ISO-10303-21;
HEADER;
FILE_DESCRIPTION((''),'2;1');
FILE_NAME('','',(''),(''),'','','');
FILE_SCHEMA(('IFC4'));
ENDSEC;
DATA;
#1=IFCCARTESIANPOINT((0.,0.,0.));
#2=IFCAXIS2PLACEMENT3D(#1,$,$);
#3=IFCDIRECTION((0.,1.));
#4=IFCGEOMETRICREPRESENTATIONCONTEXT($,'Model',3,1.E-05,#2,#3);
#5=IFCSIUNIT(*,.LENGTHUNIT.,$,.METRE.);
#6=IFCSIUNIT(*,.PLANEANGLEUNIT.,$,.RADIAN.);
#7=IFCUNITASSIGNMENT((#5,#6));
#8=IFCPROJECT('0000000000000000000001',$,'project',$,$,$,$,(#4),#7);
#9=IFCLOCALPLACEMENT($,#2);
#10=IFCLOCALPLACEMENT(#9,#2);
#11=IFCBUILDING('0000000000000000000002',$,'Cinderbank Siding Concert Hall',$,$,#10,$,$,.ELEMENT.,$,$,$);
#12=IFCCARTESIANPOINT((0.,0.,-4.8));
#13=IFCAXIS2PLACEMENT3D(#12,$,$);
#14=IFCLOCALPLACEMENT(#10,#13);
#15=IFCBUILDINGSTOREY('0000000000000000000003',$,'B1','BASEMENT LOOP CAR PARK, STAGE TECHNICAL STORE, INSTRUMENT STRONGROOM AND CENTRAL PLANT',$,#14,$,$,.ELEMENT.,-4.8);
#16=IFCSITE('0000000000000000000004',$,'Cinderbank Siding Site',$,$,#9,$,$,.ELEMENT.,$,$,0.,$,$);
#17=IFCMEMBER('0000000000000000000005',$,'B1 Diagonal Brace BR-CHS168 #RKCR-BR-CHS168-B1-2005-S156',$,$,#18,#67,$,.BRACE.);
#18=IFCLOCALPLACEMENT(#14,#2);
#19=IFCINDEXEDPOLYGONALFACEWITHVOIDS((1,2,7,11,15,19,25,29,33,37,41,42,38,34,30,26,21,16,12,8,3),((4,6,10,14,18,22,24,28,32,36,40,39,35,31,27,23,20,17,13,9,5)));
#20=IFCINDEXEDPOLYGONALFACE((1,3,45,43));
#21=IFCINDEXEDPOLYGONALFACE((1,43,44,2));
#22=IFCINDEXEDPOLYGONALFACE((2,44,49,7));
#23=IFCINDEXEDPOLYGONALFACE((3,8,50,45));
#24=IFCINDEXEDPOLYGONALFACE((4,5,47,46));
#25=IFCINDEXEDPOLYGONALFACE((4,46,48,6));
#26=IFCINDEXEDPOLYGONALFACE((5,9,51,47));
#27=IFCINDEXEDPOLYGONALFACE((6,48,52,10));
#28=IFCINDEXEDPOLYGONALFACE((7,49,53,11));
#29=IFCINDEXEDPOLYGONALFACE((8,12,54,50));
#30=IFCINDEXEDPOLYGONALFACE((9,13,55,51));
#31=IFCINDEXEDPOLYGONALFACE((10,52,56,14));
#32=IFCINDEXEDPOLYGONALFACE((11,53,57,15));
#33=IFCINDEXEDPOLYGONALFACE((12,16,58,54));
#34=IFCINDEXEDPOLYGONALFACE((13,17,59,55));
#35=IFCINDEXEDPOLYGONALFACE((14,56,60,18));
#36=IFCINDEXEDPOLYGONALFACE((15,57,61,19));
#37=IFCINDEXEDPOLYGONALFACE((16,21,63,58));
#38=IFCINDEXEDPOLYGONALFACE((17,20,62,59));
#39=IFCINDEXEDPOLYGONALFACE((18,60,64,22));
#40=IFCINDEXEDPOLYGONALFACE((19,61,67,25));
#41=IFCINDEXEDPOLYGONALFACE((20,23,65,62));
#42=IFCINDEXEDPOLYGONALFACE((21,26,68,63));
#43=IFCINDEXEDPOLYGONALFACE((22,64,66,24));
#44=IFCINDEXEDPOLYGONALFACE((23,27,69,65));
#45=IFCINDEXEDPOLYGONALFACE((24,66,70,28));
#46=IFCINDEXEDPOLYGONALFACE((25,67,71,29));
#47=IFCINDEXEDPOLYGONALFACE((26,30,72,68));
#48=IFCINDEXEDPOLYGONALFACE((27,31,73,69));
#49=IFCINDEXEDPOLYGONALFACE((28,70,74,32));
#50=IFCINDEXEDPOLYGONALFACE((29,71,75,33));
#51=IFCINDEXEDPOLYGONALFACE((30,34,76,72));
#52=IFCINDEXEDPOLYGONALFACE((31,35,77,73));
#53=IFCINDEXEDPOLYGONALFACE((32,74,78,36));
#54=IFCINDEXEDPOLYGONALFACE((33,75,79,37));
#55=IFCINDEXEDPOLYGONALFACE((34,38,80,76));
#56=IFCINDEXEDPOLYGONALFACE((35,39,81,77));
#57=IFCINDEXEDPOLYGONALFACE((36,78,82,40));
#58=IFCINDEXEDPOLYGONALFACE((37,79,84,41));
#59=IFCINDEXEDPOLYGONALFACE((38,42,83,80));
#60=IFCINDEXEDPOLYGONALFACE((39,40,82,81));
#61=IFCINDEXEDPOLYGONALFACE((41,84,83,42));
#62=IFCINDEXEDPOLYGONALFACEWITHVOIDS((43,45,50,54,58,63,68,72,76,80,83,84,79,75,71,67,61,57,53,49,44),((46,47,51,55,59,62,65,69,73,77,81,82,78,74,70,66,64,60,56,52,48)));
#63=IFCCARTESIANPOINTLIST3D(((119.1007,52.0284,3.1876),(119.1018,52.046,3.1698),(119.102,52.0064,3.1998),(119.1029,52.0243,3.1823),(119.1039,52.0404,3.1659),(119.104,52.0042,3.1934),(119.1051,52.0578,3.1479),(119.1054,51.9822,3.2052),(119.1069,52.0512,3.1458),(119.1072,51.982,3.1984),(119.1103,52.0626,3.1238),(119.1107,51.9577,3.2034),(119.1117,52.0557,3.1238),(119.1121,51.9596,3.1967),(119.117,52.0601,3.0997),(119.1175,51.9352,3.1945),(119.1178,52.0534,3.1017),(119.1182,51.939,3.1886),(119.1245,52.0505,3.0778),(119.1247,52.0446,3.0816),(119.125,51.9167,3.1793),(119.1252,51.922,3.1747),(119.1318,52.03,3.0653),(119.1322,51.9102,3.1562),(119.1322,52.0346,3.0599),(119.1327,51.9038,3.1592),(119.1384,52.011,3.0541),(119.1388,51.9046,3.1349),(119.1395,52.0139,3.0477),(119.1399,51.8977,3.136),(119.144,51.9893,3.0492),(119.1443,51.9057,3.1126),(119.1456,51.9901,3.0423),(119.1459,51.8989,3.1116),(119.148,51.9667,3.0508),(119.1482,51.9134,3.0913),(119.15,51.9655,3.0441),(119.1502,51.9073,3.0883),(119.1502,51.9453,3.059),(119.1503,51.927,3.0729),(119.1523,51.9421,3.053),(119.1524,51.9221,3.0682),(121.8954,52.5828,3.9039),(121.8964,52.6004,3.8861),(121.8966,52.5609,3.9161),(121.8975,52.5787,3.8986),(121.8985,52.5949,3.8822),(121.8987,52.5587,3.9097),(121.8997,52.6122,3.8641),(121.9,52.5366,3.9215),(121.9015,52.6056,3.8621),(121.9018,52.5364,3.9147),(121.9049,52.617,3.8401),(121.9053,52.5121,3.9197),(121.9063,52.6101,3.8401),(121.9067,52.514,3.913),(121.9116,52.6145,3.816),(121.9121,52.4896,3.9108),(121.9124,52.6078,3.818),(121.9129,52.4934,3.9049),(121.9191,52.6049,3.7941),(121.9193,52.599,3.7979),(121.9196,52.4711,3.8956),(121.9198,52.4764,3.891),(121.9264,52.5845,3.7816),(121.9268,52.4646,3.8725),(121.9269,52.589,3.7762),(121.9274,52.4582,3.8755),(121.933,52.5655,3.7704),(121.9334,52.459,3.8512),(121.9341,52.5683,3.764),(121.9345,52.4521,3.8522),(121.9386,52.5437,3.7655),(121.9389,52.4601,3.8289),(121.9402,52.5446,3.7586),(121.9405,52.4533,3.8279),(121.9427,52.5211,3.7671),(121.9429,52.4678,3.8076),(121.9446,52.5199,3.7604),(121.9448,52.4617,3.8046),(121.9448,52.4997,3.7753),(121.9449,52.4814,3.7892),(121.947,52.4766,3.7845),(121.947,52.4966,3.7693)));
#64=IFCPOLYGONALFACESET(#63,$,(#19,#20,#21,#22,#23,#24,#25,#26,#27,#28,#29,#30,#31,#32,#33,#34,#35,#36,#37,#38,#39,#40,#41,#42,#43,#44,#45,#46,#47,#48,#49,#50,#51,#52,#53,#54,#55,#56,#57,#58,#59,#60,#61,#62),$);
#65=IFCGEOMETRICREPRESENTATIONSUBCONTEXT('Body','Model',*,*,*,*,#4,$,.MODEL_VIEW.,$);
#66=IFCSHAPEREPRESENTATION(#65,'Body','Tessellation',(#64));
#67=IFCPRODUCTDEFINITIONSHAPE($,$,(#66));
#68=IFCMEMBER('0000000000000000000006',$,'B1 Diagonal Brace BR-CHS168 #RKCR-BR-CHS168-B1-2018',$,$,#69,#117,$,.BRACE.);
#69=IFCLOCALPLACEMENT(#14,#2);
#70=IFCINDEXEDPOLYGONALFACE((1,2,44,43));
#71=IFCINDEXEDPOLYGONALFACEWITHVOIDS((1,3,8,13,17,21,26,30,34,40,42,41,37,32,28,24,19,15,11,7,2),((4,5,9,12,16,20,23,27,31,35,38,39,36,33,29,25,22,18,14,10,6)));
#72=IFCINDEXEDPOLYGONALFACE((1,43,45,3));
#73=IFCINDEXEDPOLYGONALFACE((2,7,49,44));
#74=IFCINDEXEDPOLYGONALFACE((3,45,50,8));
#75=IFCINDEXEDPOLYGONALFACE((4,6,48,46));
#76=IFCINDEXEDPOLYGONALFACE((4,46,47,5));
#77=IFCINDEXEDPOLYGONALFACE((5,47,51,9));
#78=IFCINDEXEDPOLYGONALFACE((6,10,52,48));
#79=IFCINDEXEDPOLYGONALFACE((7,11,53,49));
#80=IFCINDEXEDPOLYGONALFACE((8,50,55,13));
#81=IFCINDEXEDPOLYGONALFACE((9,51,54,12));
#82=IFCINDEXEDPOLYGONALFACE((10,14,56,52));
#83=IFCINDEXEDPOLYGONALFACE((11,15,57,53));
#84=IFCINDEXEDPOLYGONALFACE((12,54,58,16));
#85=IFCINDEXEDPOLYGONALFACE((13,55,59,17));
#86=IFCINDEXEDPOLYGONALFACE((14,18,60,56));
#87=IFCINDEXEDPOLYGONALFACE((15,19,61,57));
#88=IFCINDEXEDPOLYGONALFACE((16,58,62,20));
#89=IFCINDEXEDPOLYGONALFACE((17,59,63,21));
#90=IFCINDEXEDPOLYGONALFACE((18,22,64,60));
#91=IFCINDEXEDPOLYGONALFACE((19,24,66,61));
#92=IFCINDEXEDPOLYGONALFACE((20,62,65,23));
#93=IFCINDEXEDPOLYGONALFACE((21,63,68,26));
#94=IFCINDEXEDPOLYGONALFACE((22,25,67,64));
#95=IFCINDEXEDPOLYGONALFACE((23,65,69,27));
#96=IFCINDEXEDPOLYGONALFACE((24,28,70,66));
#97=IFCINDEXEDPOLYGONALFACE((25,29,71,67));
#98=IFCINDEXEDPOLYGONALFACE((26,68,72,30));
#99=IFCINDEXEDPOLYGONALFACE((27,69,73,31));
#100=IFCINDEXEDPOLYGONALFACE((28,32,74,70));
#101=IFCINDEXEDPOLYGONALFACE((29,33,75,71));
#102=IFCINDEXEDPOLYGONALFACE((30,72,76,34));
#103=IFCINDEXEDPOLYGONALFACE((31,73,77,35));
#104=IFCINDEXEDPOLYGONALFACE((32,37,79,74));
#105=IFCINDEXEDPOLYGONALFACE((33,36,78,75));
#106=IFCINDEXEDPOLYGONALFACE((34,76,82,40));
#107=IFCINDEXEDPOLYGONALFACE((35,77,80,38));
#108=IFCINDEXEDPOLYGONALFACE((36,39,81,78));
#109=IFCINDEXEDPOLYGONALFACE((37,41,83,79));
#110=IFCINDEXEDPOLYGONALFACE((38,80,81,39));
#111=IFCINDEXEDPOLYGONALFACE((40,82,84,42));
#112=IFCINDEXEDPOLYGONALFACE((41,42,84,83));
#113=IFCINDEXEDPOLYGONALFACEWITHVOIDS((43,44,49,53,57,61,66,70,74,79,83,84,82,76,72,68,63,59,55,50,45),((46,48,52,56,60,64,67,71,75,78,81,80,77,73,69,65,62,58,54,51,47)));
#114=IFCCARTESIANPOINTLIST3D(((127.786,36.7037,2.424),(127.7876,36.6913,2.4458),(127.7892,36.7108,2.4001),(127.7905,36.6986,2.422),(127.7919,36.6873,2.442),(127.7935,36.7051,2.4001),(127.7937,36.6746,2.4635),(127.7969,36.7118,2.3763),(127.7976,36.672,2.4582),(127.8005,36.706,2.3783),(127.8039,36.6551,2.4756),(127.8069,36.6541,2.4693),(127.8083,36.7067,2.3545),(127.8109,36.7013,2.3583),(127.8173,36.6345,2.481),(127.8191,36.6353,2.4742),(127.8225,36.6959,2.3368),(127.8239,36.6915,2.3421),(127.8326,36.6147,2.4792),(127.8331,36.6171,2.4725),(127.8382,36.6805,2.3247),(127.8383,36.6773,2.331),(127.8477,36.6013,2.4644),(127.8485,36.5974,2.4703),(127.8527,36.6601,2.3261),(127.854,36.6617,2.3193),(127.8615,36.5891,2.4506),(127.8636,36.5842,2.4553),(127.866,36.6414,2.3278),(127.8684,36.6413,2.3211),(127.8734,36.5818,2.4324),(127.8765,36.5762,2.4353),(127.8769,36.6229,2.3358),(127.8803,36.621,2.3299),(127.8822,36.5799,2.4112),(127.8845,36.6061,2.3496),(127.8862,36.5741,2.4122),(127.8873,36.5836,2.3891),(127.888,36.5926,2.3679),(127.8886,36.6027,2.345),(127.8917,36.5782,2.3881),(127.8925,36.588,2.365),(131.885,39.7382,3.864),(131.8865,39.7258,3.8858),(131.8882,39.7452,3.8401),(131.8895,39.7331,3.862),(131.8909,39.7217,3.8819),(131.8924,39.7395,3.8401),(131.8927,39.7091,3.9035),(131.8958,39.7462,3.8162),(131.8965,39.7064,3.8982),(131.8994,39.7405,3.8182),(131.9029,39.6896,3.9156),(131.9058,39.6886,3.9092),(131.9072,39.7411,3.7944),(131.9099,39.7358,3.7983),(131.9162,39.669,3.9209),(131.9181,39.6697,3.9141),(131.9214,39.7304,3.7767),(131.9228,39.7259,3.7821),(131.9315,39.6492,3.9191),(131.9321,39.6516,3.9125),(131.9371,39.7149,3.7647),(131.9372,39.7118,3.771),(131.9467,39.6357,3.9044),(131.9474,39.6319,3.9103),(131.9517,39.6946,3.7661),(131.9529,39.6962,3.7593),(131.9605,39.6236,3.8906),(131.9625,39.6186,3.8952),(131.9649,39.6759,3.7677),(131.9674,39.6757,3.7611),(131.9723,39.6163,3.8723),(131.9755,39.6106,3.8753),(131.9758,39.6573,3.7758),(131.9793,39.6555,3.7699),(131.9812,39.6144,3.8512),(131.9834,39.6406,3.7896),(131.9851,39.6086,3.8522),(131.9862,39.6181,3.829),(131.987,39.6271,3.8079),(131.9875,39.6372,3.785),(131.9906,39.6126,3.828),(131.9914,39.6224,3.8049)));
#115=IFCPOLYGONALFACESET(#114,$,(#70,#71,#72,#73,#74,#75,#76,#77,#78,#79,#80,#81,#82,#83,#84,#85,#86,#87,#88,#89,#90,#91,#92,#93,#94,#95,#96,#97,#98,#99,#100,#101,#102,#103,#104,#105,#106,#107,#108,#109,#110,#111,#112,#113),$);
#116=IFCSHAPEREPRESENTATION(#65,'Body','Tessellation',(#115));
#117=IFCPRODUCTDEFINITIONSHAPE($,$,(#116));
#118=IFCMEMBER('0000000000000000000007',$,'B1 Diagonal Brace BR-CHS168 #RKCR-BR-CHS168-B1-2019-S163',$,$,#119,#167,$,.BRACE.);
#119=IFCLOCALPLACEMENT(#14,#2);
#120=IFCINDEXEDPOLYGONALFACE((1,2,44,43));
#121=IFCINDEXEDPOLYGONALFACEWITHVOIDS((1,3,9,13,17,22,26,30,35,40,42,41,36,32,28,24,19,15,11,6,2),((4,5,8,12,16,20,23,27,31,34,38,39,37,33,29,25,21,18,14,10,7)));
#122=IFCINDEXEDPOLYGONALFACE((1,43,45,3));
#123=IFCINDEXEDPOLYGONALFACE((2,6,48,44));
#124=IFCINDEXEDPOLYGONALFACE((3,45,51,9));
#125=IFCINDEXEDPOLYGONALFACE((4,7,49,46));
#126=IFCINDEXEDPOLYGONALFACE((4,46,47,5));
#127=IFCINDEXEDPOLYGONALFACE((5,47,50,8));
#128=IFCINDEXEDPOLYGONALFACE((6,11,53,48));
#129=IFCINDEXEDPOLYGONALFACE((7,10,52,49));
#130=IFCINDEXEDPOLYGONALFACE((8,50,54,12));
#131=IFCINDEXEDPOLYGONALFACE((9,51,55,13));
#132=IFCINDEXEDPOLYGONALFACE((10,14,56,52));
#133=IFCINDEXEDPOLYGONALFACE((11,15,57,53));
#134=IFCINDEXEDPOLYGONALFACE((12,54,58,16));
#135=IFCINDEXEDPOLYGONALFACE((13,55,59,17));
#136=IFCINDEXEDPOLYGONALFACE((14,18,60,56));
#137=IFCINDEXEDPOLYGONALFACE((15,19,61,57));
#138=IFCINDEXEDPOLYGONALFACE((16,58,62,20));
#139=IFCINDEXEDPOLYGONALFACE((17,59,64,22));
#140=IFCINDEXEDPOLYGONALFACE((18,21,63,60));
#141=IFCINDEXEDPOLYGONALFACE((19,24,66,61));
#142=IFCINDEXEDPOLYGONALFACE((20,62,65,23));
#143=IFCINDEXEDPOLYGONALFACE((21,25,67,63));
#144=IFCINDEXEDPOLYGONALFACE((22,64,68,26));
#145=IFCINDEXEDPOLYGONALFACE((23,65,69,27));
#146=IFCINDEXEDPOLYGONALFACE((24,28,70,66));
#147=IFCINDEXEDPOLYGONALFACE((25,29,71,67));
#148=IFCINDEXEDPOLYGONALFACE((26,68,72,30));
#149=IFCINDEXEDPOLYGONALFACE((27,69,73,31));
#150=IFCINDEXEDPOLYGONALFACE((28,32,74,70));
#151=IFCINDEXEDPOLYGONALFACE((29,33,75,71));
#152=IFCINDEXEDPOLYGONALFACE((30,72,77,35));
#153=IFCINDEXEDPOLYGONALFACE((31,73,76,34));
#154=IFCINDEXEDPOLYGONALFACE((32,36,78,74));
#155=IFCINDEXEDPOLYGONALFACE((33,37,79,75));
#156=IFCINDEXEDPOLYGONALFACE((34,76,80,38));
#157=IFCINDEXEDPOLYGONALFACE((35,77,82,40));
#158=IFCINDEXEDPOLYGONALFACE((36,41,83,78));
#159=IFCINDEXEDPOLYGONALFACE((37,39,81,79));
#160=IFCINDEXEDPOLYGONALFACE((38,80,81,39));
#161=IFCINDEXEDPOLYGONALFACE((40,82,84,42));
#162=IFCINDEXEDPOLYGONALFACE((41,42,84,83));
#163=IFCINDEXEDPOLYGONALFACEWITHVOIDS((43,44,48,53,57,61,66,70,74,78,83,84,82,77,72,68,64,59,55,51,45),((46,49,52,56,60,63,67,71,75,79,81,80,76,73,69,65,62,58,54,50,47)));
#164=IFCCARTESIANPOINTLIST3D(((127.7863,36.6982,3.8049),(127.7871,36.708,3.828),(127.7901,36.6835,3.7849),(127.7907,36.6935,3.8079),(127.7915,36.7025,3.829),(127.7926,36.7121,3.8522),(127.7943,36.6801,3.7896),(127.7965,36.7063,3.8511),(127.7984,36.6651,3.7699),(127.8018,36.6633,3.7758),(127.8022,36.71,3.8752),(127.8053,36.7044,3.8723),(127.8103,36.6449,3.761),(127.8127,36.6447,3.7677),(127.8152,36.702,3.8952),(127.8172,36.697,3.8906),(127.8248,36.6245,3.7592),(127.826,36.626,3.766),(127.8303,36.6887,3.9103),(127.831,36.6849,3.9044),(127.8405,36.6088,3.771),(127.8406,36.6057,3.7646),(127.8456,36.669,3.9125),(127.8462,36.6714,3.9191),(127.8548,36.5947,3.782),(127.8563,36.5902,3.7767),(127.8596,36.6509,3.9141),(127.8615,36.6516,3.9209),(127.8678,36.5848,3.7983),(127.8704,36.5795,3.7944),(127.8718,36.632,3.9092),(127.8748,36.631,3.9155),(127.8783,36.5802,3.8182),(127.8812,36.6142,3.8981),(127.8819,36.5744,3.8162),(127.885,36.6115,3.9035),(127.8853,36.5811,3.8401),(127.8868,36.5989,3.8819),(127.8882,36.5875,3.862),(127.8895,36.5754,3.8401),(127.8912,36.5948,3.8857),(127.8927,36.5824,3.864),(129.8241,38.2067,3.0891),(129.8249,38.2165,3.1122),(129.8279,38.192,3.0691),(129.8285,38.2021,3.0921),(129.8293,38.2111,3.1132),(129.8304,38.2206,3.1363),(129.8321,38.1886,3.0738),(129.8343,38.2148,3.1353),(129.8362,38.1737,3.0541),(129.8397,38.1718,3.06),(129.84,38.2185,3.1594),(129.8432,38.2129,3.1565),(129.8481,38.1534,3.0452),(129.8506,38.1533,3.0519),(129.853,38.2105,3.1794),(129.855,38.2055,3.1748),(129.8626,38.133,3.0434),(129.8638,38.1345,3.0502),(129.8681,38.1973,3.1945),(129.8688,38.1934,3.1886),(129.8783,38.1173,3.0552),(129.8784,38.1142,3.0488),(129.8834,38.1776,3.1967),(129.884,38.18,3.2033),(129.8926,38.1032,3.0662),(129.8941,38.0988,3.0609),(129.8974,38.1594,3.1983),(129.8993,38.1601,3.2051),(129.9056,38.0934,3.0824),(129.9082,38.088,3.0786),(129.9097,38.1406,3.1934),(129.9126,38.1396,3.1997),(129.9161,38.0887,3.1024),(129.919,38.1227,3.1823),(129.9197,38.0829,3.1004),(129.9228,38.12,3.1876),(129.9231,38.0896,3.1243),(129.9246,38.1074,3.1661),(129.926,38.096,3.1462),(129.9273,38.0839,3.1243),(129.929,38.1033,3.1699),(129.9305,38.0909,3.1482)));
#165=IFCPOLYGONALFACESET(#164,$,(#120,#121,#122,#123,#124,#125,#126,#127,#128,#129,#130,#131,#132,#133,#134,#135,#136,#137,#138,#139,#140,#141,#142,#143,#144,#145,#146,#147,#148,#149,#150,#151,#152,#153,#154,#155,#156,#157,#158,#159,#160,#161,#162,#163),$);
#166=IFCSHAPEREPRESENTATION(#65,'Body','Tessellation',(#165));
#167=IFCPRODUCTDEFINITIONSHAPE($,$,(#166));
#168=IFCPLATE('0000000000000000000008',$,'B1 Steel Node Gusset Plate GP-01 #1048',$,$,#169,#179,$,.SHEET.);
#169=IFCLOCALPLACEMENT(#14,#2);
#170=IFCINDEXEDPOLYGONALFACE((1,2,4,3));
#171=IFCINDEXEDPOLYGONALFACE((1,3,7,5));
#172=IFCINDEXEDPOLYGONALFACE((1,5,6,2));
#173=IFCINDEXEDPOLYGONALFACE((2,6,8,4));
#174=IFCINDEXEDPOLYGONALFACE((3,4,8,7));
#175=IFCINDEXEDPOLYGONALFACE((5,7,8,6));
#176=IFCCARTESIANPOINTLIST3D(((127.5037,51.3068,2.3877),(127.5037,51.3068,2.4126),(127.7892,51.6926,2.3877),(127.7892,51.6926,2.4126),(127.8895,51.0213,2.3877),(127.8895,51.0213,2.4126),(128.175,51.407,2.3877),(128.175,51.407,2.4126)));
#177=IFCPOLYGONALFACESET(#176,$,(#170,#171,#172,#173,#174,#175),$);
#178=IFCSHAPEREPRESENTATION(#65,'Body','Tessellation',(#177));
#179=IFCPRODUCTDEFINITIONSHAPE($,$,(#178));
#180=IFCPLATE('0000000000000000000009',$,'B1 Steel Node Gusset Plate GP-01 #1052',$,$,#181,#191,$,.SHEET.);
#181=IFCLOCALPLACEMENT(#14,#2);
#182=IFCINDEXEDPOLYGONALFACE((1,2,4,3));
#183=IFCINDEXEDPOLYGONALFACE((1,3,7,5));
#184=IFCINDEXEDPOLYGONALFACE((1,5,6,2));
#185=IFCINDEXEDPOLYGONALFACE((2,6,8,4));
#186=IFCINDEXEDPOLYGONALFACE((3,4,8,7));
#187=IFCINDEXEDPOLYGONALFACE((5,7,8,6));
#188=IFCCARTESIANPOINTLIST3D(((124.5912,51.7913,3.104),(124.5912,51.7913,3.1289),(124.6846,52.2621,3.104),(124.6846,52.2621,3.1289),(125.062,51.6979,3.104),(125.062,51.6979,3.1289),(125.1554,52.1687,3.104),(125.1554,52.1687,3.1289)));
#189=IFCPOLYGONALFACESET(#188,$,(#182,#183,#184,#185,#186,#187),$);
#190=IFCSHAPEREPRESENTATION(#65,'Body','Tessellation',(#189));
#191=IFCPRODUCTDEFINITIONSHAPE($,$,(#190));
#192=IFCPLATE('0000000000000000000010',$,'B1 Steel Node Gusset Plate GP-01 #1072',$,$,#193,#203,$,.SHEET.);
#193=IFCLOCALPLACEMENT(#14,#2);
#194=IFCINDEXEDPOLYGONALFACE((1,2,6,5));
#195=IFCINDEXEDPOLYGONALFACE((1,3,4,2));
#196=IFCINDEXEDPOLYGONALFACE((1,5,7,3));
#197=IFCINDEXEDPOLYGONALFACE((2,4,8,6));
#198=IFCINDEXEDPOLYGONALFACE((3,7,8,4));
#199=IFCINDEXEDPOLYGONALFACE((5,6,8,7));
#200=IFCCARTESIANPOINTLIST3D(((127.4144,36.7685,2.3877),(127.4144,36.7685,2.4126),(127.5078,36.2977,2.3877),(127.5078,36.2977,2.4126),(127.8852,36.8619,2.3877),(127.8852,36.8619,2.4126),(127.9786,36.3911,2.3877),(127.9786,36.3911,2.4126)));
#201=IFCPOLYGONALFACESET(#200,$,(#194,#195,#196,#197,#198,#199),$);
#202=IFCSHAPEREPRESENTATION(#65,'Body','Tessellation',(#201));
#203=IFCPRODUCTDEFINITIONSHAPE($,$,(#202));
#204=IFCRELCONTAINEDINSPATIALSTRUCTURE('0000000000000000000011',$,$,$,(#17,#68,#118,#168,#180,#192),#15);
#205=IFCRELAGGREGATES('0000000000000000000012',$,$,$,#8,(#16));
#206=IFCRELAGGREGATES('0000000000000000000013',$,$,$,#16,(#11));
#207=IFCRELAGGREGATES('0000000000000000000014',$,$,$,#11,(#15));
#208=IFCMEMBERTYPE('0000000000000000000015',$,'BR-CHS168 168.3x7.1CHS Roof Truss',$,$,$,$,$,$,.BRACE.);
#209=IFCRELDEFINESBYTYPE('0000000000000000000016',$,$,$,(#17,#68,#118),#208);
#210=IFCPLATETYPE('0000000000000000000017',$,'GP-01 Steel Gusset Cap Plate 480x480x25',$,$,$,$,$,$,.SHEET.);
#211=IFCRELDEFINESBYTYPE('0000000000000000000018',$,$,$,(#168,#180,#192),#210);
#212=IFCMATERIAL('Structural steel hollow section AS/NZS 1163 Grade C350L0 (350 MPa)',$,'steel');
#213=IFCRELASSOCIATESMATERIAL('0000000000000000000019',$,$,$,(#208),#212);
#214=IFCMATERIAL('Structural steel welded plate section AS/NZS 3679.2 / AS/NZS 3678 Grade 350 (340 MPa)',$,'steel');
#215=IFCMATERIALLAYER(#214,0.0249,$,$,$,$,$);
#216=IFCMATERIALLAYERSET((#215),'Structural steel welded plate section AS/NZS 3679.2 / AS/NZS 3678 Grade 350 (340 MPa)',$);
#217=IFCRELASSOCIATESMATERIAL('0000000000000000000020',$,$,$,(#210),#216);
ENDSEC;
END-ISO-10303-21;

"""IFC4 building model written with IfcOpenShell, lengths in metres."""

from ifc_helpers import new_model, si_unit, direction, frame, origin, origin_2d, place, context, subcontext, project, spatial, rectangle, hollow_circle, extrude, material, layer, layer_set, material_profile, profile_set, type_object, element, save


model = new_model("IFC4")

# Units and contexts
model_context = context("Model", 3, precision=1e-05, world=origin(), true_north=direction((0.0, 1.0)))
body_context = subcontext(model_context, "Body", "Model", "MODEL_VIEW")
ifc_project = project(units=[si_unit("LENGTHUNIT", "METRE"), si_unit("PLANEANGLEUNIT", "RADIAN")], contexts=[model_context])

# Site, building, storey
site_placement = place(None, origin())
site = spatial("IfcSite", under=ifc_project, at=site_placement, Name="Cinderbank Siding Site", CompositionType="ELEMENT", RefElevation=0.0)
building_placement = place(site_placement, origin())
building = spatial("IfcBuilding", under=site, at=building_placement, Name="Cinderbank Siding Concert Hall", CompositionType="ELEMENT")
storey_placement = place(building_placement, frame((0.0, 0.0, -4.8)))
storey = spatial("IfcBuildingStorey", under=building, at=storey_placement, Name="B1", Description="BASEMENT LOOP CAR PARK, STAGE TECHNICAL STORE, INSTRUMENT STRONGROOM AND CENTRAL PLANT", CompositionType="ELEMENT", Elevation=-4.8)

# Members
ifc_material_1 = material(Name="Structural steel hollow section AS/NZS 1163 Grade C350L0 (350 MPa)", Category="steel")
ifc_material_profile_1 = material_profile(ifc_material_1, hollow_circle(Radius=0.0842, WallThickness=0.0071, at=origin_2d()), Name="168.3x7.1CHS", Category="LoadBearing")
ifc_profile_set_1 = profile_set([ifc_material_profile_1], Name="Structural steel hollow section AS/NZS 1163 Grade C350L0 (350 MPa)")
member_type = type_object("IfcMemberType", Name="BR-CHS168 168.3x7.1CHS Roof Truss", PredefinedType="BRACE", material=ifc_profile_set_1)
member_1_placement = place(storey_placement, frame((119.1267, 51.98, 3.1238), z_axis=(0.951279, 0.188727, 0.243824), x_axis=(-0.1946, 0.980883, 0.0)))
element("IfcMember", 1, at=member_1_placement, inside=storey, type_object=member_type, Name="B1 Diagonal Brace BR-CHS168 #RKCR-BR-CHS168-B1-2005-S156", PredefinedType="BRACE", context=body_context, shape_type="SweptSolid", body=[
    extrude(hollow_circle(Radius=0.0842, WallThickness=0.0071, at=origin_2d()), origin(), (0.0, 0.0, 1.0), 2.9377),
])
member_2_placement = place(storey_placement, frame((127.8394, 36.6431, 2.4001), z_axis=(0.773484, 0.572615, 0.271726), x_axis=(-0.595002, 0.803724, 0.0)))
element("IfcMember", 2, at=member_2_placement, inside=storey, type_object=member_type, Name="B1 Diagonal Brace BR-CHS168 #RKCR-BR-CHS168-B1-2018", PredefinedType="BRACE", context=body_context, shape_type="SweptSolid", body=[
    extrude(hollow_circle(Radius=0.0842, WallThickness=0.0071, at=origin_2d()), origin(), (0.0, 0.0, 1.0), 5.2993),
])
member_3_placement = place(storey_placement, frame((129.8772, 38.1516, 3.1243), z_axis=(-0.773504, -0.572598, 0.271704), x_axis=(0.594981, -0.80374, 0.0)))
element("IfcMember", 3, at=member_3_placement, inside=storey, type_object=member_type, Name="B1 Diagonal Brace BR-CHS168 #RKCR-BR-CHS168-B1-2019-S163", PredefinedType="BRACE", context=body_context, shape_type="SweptSolid", body=[
    extrude(hollow_circle(Radius=0.0842, WallThickness=0.0071, at=origin_2d()), origin(), (0.0, 0.0, 1.0), 2.6345),
])

# Plates
ifc_material_2 = material(Name="Structural steel welded plate section AS/NZS 3679.2 / AS/NZS 3678 Grade 350 (340 MPa)", Category="steel")
ifc_layer_1 = layer(ifc_material_2, 0.0249)
ifc_layer_set_1 = layer_set([ifc_layer_1], Name="Structural steel welded plate section AS/NZS 3679.2 / AS/NZS 3678 Grade 350 (340 MPa)")
plate_type_1 = type_object("IfcPlateType", Name="GP-01 Steel Gusset Cap Plate 480x480x25", PredefinedType="SHEET", material=ifc_layer_set_1)
for number, where, z_axis, x_axis, name in (
    (4, (127.8394, 51.3569, 2.3877), (0.0, 0.0, 1.0), (0.803753, -0.594963, 0.0), "B1 Steel Node Gusset Plate GP-01 #1048"),
    (5, (124.8733, 51.98, 3.104), (0.0, 0.0, 1.0), (0.980887, -0.194577, 0.0), "B1 Steel Node Gusset Plate GP-01 #1052"),
    (6, (127.6965, 36.5798, 2.3877), (0.0, 0.0, 1.0), (-0.980887, -0.194577, 0.0), "B1 Steel Node Gusset Plate GP-01 #1072"),
):
    element("IfcPlate", number, at=place(storey_placement, frame(where, z_axis=z_axis, x_axis=x_axis)), inside=storey, type_object=plate_type_1, Name=name, PredefinedType="SHEET", context=body_context, shape_type="SweptSolid", body=[
        extrude(rectangle(XDim=0.48, YDim=0.48, at=origin_2d()), origin(), (0.0, 0.0, 1.0), 0.0249),
    ])

save(model, "model.ifc")
